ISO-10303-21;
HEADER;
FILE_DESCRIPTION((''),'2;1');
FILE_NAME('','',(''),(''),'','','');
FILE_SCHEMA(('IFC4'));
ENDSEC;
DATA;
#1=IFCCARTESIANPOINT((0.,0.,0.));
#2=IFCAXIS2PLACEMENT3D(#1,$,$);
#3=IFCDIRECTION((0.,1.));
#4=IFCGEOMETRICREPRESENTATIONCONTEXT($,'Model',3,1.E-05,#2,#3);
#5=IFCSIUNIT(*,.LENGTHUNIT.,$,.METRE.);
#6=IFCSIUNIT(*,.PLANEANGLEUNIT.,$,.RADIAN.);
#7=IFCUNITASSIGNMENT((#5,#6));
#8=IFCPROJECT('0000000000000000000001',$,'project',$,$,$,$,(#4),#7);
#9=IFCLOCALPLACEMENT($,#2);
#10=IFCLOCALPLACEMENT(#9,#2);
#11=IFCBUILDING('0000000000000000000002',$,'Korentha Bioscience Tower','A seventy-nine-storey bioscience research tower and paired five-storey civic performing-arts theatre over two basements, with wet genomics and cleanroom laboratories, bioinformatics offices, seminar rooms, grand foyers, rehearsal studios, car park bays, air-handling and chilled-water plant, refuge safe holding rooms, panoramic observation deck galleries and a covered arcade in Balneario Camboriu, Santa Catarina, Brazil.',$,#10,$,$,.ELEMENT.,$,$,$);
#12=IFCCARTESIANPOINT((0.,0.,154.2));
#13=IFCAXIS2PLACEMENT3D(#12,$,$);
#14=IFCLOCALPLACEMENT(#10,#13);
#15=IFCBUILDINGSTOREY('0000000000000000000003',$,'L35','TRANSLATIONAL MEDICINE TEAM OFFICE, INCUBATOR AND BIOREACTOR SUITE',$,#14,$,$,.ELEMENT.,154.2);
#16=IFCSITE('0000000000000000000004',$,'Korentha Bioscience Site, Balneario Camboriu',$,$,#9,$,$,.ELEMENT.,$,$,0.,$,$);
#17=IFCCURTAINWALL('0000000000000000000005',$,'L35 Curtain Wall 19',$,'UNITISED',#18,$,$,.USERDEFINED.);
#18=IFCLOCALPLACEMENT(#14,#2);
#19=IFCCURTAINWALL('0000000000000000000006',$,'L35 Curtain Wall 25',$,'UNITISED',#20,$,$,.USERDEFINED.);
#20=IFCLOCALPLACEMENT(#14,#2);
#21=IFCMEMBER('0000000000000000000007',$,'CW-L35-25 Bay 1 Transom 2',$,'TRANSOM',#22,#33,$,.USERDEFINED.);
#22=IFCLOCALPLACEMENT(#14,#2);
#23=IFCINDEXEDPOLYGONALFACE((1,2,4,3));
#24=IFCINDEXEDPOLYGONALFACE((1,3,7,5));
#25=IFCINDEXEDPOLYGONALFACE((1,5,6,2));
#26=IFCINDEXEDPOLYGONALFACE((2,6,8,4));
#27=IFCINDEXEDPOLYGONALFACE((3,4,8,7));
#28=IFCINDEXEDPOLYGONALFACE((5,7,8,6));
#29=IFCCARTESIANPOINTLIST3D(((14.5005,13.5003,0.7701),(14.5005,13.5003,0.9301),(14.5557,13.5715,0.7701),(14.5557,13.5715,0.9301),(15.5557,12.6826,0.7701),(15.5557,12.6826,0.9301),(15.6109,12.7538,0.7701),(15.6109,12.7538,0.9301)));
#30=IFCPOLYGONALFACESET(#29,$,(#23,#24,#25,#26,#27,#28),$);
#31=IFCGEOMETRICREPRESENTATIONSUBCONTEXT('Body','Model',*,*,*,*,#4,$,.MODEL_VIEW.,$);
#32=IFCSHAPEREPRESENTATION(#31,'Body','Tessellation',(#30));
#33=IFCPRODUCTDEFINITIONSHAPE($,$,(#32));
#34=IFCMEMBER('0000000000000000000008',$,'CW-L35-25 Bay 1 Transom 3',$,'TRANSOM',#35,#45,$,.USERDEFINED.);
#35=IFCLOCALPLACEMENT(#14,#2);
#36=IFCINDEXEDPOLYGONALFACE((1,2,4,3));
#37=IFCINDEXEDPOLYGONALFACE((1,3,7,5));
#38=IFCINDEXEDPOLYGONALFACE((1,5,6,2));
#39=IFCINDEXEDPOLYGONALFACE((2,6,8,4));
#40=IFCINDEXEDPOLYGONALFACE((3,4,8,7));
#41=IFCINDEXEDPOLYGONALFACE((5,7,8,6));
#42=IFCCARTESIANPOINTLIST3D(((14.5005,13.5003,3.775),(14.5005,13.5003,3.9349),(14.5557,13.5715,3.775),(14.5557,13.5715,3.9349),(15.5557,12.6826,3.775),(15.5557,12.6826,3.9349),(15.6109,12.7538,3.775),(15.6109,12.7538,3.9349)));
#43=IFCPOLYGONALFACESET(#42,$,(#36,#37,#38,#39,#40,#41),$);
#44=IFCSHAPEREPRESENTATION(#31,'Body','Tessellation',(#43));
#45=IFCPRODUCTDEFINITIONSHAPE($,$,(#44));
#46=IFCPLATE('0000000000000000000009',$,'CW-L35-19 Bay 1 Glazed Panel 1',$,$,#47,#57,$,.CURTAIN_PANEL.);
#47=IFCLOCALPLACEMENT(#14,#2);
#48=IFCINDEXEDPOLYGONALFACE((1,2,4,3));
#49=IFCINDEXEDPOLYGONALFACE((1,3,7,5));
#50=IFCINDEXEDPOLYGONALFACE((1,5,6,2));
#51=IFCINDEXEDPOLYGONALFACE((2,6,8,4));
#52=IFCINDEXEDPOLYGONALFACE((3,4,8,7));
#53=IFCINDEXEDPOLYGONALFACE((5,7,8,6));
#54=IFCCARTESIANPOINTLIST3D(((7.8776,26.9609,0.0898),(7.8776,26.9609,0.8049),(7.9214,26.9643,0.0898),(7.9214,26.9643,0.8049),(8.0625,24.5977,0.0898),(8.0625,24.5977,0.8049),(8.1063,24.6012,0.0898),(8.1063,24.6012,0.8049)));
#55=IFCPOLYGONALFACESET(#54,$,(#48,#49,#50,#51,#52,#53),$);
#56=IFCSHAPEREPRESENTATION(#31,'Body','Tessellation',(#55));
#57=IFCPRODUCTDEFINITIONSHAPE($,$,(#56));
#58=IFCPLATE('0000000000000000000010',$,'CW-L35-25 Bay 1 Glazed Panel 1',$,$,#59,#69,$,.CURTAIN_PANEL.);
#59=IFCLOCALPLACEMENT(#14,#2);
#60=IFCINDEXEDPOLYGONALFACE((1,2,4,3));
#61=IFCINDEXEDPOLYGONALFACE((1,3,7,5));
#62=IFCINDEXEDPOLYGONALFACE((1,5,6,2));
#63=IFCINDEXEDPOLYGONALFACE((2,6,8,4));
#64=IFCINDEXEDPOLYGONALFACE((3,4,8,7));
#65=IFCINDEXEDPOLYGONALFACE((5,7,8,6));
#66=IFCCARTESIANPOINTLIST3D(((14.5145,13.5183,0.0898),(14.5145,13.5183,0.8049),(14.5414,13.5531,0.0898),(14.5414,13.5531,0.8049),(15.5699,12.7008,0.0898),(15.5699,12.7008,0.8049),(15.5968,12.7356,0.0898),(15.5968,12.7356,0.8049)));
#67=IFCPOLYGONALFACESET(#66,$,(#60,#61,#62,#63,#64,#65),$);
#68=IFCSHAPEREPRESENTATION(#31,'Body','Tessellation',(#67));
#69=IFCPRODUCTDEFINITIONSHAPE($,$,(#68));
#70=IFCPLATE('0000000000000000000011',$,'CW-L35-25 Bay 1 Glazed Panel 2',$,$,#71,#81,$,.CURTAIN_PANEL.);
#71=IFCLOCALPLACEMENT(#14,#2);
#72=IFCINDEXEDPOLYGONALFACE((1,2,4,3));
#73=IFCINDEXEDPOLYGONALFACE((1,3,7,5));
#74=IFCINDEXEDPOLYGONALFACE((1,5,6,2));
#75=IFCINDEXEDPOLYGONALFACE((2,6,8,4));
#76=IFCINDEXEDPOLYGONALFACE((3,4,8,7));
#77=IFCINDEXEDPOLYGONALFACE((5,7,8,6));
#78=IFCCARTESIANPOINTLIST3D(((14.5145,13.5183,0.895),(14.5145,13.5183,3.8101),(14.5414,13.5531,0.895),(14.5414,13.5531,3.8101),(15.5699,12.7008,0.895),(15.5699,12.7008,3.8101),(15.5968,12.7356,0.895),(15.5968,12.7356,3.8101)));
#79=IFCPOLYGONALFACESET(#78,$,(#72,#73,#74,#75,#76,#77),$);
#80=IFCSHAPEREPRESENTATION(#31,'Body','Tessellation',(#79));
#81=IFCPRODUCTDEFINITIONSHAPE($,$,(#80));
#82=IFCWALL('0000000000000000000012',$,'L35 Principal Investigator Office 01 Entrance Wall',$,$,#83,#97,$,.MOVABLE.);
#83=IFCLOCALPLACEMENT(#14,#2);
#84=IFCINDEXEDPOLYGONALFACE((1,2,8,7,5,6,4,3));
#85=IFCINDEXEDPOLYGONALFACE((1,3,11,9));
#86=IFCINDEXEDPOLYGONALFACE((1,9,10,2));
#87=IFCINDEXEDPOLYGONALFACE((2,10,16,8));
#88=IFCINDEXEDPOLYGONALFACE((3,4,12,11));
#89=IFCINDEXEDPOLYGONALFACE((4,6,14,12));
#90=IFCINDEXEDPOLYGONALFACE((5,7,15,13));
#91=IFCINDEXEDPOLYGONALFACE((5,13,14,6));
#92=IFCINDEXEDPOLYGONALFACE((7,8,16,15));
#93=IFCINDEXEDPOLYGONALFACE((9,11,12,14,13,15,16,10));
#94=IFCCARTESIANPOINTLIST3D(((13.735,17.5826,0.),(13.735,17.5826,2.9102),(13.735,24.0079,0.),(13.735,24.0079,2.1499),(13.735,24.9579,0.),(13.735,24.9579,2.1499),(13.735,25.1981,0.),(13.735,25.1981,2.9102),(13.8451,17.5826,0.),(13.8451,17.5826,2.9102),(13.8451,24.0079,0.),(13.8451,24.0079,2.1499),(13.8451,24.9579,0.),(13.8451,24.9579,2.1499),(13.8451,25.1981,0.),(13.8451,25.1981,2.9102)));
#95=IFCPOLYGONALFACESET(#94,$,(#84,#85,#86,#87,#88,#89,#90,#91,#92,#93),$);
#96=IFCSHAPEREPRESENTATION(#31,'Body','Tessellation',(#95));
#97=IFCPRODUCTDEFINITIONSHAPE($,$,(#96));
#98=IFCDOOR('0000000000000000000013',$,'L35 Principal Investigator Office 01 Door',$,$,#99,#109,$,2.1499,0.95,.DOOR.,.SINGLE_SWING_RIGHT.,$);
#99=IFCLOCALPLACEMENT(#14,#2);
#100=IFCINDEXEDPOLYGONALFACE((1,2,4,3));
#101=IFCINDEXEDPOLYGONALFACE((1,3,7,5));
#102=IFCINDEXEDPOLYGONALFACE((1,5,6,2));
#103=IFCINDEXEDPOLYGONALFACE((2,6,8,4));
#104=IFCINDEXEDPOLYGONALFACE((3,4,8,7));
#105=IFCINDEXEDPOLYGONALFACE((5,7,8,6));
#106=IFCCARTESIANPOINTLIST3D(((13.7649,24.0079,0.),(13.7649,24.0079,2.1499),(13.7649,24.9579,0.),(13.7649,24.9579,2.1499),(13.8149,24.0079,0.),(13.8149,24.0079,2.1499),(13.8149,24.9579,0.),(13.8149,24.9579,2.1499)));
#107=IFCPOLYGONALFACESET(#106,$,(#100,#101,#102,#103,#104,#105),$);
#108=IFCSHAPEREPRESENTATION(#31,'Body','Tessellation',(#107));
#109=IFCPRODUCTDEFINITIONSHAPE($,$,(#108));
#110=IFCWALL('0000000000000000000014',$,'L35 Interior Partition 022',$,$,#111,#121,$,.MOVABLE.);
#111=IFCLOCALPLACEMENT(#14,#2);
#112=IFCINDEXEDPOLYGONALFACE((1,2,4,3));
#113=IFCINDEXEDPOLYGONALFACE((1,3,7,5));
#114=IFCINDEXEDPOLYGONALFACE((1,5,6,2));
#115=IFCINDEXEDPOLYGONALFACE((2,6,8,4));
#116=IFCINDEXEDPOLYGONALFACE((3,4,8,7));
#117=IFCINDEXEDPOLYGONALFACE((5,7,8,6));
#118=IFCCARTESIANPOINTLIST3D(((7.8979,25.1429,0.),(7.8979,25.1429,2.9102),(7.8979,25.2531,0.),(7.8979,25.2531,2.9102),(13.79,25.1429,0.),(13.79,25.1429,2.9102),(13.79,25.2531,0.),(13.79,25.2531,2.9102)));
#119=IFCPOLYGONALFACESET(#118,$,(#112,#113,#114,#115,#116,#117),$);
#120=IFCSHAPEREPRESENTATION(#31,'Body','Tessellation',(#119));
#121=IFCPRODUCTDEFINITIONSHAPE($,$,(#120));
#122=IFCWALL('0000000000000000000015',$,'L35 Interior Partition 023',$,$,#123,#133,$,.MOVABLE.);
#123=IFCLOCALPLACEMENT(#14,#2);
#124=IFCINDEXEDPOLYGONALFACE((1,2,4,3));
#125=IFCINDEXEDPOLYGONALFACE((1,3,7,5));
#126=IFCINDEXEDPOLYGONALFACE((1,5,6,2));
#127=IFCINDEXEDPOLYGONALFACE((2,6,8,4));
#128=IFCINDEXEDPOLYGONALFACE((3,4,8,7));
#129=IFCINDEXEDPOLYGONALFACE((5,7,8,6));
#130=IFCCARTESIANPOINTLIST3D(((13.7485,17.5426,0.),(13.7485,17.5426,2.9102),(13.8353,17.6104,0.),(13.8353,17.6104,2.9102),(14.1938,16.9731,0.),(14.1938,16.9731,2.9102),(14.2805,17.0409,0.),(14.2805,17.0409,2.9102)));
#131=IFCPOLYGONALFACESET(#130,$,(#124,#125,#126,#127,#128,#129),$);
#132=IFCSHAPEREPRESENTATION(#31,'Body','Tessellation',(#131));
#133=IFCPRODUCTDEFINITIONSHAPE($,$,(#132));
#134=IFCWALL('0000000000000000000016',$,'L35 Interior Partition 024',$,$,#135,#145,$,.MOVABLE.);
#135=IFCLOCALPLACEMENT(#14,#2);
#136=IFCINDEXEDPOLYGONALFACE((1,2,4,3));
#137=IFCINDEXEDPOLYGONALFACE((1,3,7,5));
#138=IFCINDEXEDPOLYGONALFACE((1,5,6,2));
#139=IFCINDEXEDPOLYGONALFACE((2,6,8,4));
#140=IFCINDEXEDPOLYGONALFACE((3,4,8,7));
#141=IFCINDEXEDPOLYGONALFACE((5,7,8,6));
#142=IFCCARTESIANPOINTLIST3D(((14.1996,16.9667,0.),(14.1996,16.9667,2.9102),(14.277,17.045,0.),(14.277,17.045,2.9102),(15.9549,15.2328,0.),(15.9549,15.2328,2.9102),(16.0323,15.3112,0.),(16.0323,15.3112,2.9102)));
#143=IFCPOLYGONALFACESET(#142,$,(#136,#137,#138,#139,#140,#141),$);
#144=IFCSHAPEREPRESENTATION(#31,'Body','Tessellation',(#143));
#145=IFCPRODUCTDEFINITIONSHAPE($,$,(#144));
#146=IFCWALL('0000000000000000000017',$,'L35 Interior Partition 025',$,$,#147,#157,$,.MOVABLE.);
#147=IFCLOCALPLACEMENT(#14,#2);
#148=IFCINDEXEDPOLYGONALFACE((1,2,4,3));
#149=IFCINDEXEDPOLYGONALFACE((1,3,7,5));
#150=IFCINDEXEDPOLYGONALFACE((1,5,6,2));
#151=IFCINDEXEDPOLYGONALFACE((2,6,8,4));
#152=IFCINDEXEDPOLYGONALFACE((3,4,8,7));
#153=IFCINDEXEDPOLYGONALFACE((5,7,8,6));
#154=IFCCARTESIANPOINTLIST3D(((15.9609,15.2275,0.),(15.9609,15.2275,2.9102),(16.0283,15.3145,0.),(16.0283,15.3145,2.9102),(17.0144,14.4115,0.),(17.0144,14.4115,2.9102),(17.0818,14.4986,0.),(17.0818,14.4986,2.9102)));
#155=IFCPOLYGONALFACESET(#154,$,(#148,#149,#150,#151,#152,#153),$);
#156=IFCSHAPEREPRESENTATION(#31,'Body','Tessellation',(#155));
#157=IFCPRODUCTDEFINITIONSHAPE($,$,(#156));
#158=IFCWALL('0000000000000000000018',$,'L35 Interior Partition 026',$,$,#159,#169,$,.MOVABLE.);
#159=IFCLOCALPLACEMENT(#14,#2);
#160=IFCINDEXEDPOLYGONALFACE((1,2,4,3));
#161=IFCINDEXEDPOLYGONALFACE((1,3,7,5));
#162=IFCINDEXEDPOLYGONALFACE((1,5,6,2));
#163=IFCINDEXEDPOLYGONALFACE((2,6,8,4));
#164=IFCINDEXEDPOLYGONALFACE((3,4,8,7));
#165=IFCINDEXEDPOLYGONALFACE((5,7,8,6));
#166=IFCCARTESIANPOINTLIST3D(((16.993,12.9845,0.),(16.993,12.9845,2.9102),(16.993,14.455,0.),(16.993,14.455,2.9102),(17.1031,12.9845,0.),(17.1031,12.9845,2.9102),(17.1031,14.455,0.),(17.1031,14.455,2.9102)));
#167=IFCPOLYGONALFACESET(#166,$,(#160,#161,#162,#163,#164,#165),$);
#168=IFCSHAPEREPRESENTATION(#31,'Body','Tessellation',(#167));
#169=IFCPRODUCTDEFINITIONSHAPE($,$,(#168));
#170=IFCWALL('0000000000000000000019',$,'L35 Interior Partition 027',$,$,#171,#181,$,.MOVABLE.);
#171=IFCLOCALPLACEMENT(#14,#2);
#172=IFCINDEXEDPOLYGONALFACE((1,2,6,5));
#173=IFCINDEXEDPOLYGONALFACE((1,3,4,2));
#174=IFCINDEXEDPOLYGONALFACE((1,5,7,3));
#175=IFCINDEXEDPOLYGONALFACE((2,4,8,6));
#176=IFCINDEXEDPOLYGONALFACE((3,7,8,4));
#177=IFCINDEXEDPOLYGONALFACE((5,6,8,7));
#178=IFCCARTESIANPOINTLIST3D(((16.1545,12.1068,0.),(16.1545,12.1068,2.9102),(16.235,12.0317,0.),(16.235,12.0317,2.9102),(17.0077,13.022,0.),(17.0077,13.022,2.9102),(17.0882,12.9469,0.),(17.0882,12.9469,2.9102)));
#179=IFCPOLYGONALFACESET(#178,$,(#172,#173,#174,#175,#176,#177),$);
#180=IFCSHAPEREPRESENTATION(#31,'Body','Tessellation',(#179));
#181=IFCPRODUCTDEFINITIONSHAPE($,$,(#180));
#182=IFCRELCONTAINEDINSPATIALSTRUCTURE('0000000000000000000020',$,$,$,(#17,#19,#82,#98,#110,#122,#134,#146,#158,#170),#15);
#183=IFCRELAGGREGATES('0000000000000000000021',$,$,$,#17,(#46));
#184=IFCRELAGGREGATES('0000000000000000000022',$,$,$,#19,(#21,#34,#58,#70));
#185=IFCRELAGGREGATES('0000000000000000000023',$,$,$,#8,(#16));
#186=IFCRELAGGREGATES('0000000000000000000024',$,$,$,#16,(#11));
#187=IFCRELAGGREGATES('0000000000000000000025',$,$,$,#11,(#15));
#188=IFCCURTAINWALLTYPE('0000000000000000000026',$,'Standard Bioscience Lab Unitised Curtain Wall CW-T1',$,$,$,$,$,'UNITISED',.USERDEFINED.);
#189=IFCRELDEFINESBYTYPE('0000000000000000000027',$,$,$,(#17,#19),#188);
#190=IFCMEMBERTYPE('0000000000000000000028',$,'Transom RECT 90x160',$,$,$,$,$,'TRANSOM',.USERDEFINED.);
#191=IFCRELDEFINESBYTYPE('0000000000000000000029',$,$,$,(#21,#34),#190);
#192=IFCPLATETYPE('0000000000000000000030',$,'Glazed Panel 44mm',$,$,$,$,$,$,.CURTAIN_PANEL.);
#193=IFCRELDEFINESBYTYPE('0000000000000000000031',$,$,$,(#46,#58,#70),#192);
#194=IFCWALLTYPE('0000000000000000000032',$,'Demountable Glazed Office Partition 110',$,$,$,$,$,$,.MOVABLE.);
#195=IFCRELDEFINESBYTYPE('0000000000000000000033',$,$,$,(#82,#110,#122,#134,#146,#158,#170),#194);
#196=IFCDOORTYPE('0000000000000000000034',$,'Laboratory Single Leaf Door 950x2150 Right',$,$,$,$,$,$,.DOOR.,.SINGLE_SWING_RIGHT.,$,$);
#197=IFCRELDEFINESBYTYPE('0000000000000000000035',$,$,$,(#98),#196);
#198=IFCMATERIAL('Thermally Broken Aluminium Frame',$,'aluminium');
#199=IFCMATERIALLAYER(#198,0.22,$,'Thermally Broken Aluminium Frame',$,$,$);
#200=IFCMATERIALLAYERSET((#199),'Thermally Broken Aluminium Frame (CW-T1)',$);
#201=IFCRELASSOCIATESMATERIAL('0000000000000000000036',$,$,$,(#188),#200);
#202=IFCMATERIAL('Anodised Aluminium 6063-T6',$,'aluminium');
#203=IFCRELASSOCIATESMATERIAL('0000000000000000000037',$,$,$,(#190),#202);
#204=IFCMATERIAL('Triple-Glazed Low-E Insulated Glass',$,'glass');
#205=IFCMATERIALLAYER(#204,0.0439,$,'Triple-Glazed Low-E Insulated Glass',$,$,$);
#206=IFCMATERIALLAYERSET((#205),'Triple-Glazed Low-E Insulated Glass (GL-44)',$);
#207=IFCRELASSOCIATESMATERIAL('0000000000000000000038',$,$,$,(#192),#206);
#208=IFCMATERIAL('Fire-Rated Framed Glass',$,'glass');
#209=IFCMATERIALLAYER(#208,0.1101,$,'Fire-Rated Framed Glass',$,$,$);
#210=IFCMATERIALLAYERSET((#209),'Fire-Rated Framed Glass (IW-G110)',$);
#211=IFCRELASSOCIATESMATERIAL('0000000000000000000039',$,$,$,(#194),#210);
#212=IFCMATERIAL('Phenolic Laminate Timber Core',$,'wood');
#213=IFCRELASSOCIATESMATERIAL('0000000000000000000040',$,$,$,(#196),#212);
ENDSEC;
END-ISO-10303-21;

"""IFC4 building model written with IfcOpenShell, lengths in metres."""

from ifc_helpers import new_model, si_unit, direction, frame, frame_2d, origin, origin_2d, place, context, subcontext, project, spatial, rectangle, extrude, material, layer, layer_set, material_profile, profile_set, type_object, element, fill, aggregate, save


model = new_model("IFC4")

# Units and contexts
model_context = context("Model", 3, precision=1e-05, world=origin(), true_north=direction((0.0, 1.0)))
body_context = subcontext(model_context, "Body", "Model", "MODEL_VIEW")
ifc_project = project(units=[si_unit("LENGTHUNIT", "METRE"), si_unit("PLANEANGLEUNIT", "RADIAN")], contexts=[model_context])

# Site, building, storey
site_placement = place(None, origin())
site = spatial("IfcSite", under=ifc_project, at=site_placement, Name="Korentha Bioscience Site, Balneario Camboriu", CompositionType="ELEMENT", RefElevation=0.0)
building_placement = place(site_placement, origin())
building = spatial("IfcBuilding", under=site, at=building_placement, Name="Korentha Bioscience Tower", Description="A seventy-nine-storey bioscience research tower and paired five-storey civic performing-arts theatre over two basements, with wet genomics and cleanroom laboratories, bioinformatics offices, seminar rooms, grand foyers, rehearsal studios, car park bays, air-handling and chilled-water plant, refuge safe holding rooms, panoramic observation deck galleries and a covered arcade in Balneario Camboriu, Santa Catarina, Brazil.", CompositionType="ELEMENT")
storey_placement = place(building_placement, frame((0.0, 0.0, 154.2)))
storey = spatial("IfcBuildingStorey", under=building, at=storey_placement, Name="L35", Description="TRANSLATIONAL MEDICINE TEAM OFFICE, INCUBATOR AND BIOREACTOR SUITE", CompositionType="ELEMENT", Elevation=154.2)

# Curtain walls
ifc_material_1 = material(Name="Thermally Broken Aluminium Frame", Category="aluminium")
ifc_layer_1 = layer(ifc_material_1, 0.22, Name="Thermally Broken Aluminium Frame")
ifc_layer_set_1 = layer_set([ifc_layer_1], Name="Thermally Broken Aluminium Frame (CW-T1)")
curtain_wall_type = type_object("IfcCurtainWallType", Name="Standard Bioscience Lab Unitised Curtain Wall CW-T1", ElementType="UNITISED", PredefinedType="USERDEFINED", material=ifc_layer_set_1)
curtain_wall_1_placement = place(storey_placement, origin())
curtain_wall_1 = element("IfcCurtainWall", 1, at=curtain_wall_1_placement, inside=storey, type_object=curtain_wall_type, Name="L35 Curtain Wall 19", ObjectType="UNITISED", PredefinedType="USERDEFINED")
ifc_material_2 = material(Name="Anodised Aluminium 6063-T6", Category="aluminium")
curtain_wall_2_placement = place(storey_placement, origin())
curtain_wall_2 = element("IfcCurtainWall", 2, at=curtain_wall_2_placement, inside=storey, type_object=curtain_wall_type, Name="L35 Curtain Wall 25", ObjectType="UNITISED", PredefinedType="USERDEFINED")

# Members
ifc_material_profile_1 = material_profile(ifc_material_2, rectangle(XDim=0.0901, YDim=0.1599, at=origin_2d()), Name="Anodised Aluminium 6063-T6")
ifc_profile_set_1 = profile_set([ifc_material_profile_1], Name="Anodised Aluminium 6063-T6 (CW-TRN)")
member_type_1 = type_object("IfcMemberType", Name="Transom RECT 90x160", ElementType="TRANSOM", PredefinedType="USERDEFINED", material=ifc_profile_set_1)
member_1_placement = place(storey_placement, frame((14.5281, 13.5359, 0.8501), z_axis=(0.790464, -0.612509, 0.0), x_axis=(0.612509, 0.790464, 0.0)))
member_1 = element("IfcMember", 3, at=member_1_placement, type_object=member_type_1, Name="CW-L35-25 Bay 1 Transom 2", ObjectType="TRANSOM", PredefinedType="USERDEFINED", context=body_context, shape_type="SweptSolid", body=[
    extrude(rectangle(XDim=0.0901, YDim=0.1599, at=origin_2d()), origin(), (0.0, 0.0, 1.0), 1.335),
])
member_2_placement = place(storey_placement, frame((14.5281, 13.5359, 3.855), z_axis=(0.790464, -0.612509, 0.0), x_axis=(0.612509, 0.790464, 0.0)))
member_2 = element("IfcMember", 4, at=member_2_placement, type_object=member_type_1, Name="CW-L35-25 Bay 1 Transom 3", ObjectType="TRANSOM", PredefinedType="USERDEFINED", context=body_context, shape_type="SweptSolid", body=[
    extrude(rectangle(XDim=0.0901, YDim=0.1599, at=origin_2d()), origin(), (0.0, 0.0, 1.0), 1.335),
])

# Plates
ifc_material_3 = material(Name="Triple-Glazed Low-E Insulated Glass", Category="glass")
ifc_layer_2 = layer(ifc_material_3, 0.0439, Name="Triple-Glazed Low-E Insulated Glass")
ifc_layer_set_2 = layer_set([ifc_layer_2], Name="Triple-Glazed Low-E Insulated Glass (GL-44)")
plate_type = type_object("IfcPlateType", Name="Glazed Panel 44mm", PredefinedType="CURTAIN_PANEL", material=ifc_layer_set_2)
plate_1_placement = place(storey_placement, frame((7.9919, 25.781, 0.0898), z_axis=(0.0, 0.0, 1.0), x_axis=(0.078031, -0.996951, 0.0)))
plate_1 = element("IfcPlate", 5, at=plate_1_placement, type_object=plate_type, Name="CW-L35-19 Bay 1 Glazed Panel 1", PredefinedType="CURTAIN_PANEL", context=body_context, shape_type="SweptSolid", body=[
    extrude(rectangle(XDim=2.3704, YDim=0.0439, at=origin_2d()), origin(), (0.0, 0.0, 1.0), 0.7151),
])
aggregate(curtain_wall_1, [plate_1])
plate_2_placement = place(storey_placement, frame((15.0557, 13.127, 0.0898), z_axis=(0.0, 0.0, 1.0), x_axis=(0.790547, -0.612402, 0.0)))
plate_2 = element("IfcPlate", 6, at=plate_2_placement, type_object=plate_type, Name="CW-L35-25 Bay 1 Glazed Panel 1", PredefinedType="CURTAIN_PANEL", context=body_context, shape_type="SweptSolid", body=[
    extrude(rectangle(XDim=1.335, YDim=0.0439, at=origin_2d()), origin(), (0.0, 0.0, 1.0), 0.7151),
])
plate_3_placement = place(storey_placement, frame((15.0557, 13.127, 0.895), z_axis=(0.0, 0.0, 1.0), x_axis=(0.790547, -0.612402, 0.0)))
plate_3 = element("IfcPlate", 7, at=plate_3_placement, type_object=plate_type, Name="CW-L35-25 Bay 1 Glazed Panel 2", PredefinedType="CURTAIN_PANEL", context=body_context, shape_type="SweptSolid", body=[
    extrude(rectangle(XDim=1.335, YDim=0.0439, at=origin_2d()), origin(), (0.0, 0.0, 1.0), 2.915),
])
aggregate(curtain_wall_2, [member_1, member_2, plate_2, plate_3])

# Wall, opening, door
ifc_material_4 = material(Name="Fire-Rated Framed Glass", Category="glass")
ifc_layer_3 = layer(ifc_material_4, 0.1101, Name="Fire-Rated Framed Glass")
ifc_layer_set_3 = layer_set([ifc_layer_3], Name="Fire-Rated Framed Glass (IW-G110)")
wall_type_1 = type_object("IfcWallType", Name="Demountable Glazed Office Partition 110", PredefinedType="MOVABLE", material=ifc_layer_set_3)
wall_1_placement = place(storey_placement, frame((13.79, 25.198, 0.0), z_axis=(0.0, 0.0, 1.0), x_axis=(0.0, -1.0, 0.0)))
wall_1 = element("IfcWall", 8, at=wall_1_placement, inside=storey, type_object=wall_type_1, Name="L35 Principal Investigator Office 01 Entrance Wall", PredefinedType="MOVABLE", context=body_context, shape_type="SweptSolid", body=[
    extrude(rectangle(XDim=7.6155, YDim=0.1101, at=frame_2d((3.8076, 0.0))), origin(), (0.0, 0.0, 1.0), 2.9102),
])
opening_placement = place(wall_1_placement, frame((0.24, 0.0, 0.0)))
opening = element("IfcOpeningElement", 9, at=opening_placement, cuts=wall_1, PredefinedType="OPENING", context=body_context, shape_type="SweptSolid", body=[
    extrude(rectangle(XDim=0.95, YDim=2.1499, at=frame_2d((0.4751, 1.075))), frame((0.0, 0.0698, 0.0), z_axis=(0.0, -1.0, 0.0), x_axis=(1.0, 0.0, 0.0)), (0.0, 0.0, 1.0), 0.1399),
])
ifc_material_5 = material(Name="Phenolic Laminate Timber Core", Category="wood")
door_type = type_object("IfcDoorType", Name="Laboratory Single Leaf Door 950x2150 Right", OperationType="SINGLE_SWING_RIGHT", PredefinedType="DOOR", material=ifc_material_5)
door_placement = place(opening_placement, origin())
door = element("IfcDoor", 10, at=door_placement, inside=storey, type_object=door_type, Name="L35 Principal Investigator Office 01 Door", OperationType="SINGLE_SWING_RIGHT", OverallHeight=2.1499, OverallWidth=0.95, PredefinedType="DOOR", context=body_context, shape_type="SweptSolid", body=[
    extrude(rectangle(XDim=0.95, YDim=2.1499, at=frame_2d((0.4751, 1.075))), frame((0.0, 0.0249, 0.0), z_axis=(0.0, -1.0, 0.0), x_axis=(1.0, 0.0, 0.0)), (0.0, 0.0, 1.0), 0.05),
])
fill(opening, door)

# Walls
wall_2_placement = place(storey_placement, frame((7.8979, 25.198, 0.0), z_axis=(0.0, 0.0, 1.0), x_axis=(1.0, 0.0, 0.0)))
element("IfcWall", 11, at=wall_2_placement, inside=storey, type_object=wall_type_1, Name="L35 Interior Partition 022", PredefinedType="MOVABLE", context=body_context, shape_type="SweptSolid", body=[
    extrude(rectangle(XDim=5.8921, YDim=0.1101, at=frame_2d((2.946, 0.0))), origin(), (0.0, 0.0, 1.0), 2.9102),
])
wall_3_placement = place(storey_placement, frame((13.792, 17.5764, 0.0), z_axis=(0.0, 0.0, 1.0), x_axis=(0.615926, -0.787804, 0.0)))
element("IfcWall", 12, at=wall_3_placement, inside=storey, type_object=wall_type_1, Name="L35 Interior Partition 023", PredefinedType="MOVABLE", context=body_context, shape_type="SweptSolid", body=[
    extrude(rectangle(XDim=0.7229, YDim=0.1101, at=frame_2d((0.3613, 0.0))), origin(), (0.0, 0.0, 1.0), 2.9102),
])
wall_4_placement = place(storey_placement, frame((14.2383, 17.0059, 0.0), z_axis=(0.0, 0.0, 1.0), x_axis=(0.711447, -0.70274, 0.0)))
element("IfcWall", 13, at=wall_4_placement, inside=storey, type_object=wall_type_1, Name="L35 Interior Partition 024", PredefinedType="MOVABLE", context=body_context, shape_type="SweptSolid", body=[
    extrude(rectangle(XDim=2.4673, YDim=0.1101, at=frame_2d((1.2336, 0.0))), origin(), (0.0, 0.0, 1.0), 2.9102),
])
wall_5_placement = place(storey_placement, frame((15.9946, 15.271, 0.0), z_axis=(0.0, 0.0, 1.0), x_axis=(0.790604, -0.612328, 0.0)))
element("IfcWall", 14, at=wall_5_placement, inside=storey, type_object=wall_type_1, Name="L35 Interior Partition 025", PredefinedType="MOVABLE", context=body_context, shape_type="SweptSolid", body=[
    extrude(rectangle(XDim=1.3325, YDim=0.1101, at=frame_2d((0.6663, 0.0))), origin(), (0.0, 0.0, 1.0), 2.9102),
])
wall_6_placement = place(storey_placement, frame((17.0481, 14.4551, 0.0), z_axis=(0.0, 0.0, 1.0), x_axis=(0.0, -1.0, 0.0)))
element("IfcWall", 15, at=wall_6_placement, inside=storey, type_object=wall_type_1, Name="L35 Interior Partition 026", PredefinedType="MOVABLE", context=body_context, shape_type="SweptSolid", body=[
    extrude(rectangle(XDim=1.4705, YDim=0.1101, at=frame_2d((0.7354, 0.0))), origin(), (0.0, 0.0, 1.0), 2.9102),
])
wall_7_placement = place(storey_placement, frame((17.0479, 12.9844, 0.0), z_axis=(0.0, 0.0, 1.0), x_axis=(-0.681894, -0.731451, 0.0)))
element("IfcWall", 16, at=wall_7_placement, inside=storey, type_object=wall_type_1, Name="L35 Interior Partition 027", PredefinedType="MOVABLE", context=body_context, shape_type="SweptSolid", body=[
    extrude(rectangle(XDim=1.2512, YDim=0.1101, at=frame_2d((0.6255, 0.0))), origin(), (0.0, 0.0, 1.0), 2.9102),
])

save(model, "model.ifc")
